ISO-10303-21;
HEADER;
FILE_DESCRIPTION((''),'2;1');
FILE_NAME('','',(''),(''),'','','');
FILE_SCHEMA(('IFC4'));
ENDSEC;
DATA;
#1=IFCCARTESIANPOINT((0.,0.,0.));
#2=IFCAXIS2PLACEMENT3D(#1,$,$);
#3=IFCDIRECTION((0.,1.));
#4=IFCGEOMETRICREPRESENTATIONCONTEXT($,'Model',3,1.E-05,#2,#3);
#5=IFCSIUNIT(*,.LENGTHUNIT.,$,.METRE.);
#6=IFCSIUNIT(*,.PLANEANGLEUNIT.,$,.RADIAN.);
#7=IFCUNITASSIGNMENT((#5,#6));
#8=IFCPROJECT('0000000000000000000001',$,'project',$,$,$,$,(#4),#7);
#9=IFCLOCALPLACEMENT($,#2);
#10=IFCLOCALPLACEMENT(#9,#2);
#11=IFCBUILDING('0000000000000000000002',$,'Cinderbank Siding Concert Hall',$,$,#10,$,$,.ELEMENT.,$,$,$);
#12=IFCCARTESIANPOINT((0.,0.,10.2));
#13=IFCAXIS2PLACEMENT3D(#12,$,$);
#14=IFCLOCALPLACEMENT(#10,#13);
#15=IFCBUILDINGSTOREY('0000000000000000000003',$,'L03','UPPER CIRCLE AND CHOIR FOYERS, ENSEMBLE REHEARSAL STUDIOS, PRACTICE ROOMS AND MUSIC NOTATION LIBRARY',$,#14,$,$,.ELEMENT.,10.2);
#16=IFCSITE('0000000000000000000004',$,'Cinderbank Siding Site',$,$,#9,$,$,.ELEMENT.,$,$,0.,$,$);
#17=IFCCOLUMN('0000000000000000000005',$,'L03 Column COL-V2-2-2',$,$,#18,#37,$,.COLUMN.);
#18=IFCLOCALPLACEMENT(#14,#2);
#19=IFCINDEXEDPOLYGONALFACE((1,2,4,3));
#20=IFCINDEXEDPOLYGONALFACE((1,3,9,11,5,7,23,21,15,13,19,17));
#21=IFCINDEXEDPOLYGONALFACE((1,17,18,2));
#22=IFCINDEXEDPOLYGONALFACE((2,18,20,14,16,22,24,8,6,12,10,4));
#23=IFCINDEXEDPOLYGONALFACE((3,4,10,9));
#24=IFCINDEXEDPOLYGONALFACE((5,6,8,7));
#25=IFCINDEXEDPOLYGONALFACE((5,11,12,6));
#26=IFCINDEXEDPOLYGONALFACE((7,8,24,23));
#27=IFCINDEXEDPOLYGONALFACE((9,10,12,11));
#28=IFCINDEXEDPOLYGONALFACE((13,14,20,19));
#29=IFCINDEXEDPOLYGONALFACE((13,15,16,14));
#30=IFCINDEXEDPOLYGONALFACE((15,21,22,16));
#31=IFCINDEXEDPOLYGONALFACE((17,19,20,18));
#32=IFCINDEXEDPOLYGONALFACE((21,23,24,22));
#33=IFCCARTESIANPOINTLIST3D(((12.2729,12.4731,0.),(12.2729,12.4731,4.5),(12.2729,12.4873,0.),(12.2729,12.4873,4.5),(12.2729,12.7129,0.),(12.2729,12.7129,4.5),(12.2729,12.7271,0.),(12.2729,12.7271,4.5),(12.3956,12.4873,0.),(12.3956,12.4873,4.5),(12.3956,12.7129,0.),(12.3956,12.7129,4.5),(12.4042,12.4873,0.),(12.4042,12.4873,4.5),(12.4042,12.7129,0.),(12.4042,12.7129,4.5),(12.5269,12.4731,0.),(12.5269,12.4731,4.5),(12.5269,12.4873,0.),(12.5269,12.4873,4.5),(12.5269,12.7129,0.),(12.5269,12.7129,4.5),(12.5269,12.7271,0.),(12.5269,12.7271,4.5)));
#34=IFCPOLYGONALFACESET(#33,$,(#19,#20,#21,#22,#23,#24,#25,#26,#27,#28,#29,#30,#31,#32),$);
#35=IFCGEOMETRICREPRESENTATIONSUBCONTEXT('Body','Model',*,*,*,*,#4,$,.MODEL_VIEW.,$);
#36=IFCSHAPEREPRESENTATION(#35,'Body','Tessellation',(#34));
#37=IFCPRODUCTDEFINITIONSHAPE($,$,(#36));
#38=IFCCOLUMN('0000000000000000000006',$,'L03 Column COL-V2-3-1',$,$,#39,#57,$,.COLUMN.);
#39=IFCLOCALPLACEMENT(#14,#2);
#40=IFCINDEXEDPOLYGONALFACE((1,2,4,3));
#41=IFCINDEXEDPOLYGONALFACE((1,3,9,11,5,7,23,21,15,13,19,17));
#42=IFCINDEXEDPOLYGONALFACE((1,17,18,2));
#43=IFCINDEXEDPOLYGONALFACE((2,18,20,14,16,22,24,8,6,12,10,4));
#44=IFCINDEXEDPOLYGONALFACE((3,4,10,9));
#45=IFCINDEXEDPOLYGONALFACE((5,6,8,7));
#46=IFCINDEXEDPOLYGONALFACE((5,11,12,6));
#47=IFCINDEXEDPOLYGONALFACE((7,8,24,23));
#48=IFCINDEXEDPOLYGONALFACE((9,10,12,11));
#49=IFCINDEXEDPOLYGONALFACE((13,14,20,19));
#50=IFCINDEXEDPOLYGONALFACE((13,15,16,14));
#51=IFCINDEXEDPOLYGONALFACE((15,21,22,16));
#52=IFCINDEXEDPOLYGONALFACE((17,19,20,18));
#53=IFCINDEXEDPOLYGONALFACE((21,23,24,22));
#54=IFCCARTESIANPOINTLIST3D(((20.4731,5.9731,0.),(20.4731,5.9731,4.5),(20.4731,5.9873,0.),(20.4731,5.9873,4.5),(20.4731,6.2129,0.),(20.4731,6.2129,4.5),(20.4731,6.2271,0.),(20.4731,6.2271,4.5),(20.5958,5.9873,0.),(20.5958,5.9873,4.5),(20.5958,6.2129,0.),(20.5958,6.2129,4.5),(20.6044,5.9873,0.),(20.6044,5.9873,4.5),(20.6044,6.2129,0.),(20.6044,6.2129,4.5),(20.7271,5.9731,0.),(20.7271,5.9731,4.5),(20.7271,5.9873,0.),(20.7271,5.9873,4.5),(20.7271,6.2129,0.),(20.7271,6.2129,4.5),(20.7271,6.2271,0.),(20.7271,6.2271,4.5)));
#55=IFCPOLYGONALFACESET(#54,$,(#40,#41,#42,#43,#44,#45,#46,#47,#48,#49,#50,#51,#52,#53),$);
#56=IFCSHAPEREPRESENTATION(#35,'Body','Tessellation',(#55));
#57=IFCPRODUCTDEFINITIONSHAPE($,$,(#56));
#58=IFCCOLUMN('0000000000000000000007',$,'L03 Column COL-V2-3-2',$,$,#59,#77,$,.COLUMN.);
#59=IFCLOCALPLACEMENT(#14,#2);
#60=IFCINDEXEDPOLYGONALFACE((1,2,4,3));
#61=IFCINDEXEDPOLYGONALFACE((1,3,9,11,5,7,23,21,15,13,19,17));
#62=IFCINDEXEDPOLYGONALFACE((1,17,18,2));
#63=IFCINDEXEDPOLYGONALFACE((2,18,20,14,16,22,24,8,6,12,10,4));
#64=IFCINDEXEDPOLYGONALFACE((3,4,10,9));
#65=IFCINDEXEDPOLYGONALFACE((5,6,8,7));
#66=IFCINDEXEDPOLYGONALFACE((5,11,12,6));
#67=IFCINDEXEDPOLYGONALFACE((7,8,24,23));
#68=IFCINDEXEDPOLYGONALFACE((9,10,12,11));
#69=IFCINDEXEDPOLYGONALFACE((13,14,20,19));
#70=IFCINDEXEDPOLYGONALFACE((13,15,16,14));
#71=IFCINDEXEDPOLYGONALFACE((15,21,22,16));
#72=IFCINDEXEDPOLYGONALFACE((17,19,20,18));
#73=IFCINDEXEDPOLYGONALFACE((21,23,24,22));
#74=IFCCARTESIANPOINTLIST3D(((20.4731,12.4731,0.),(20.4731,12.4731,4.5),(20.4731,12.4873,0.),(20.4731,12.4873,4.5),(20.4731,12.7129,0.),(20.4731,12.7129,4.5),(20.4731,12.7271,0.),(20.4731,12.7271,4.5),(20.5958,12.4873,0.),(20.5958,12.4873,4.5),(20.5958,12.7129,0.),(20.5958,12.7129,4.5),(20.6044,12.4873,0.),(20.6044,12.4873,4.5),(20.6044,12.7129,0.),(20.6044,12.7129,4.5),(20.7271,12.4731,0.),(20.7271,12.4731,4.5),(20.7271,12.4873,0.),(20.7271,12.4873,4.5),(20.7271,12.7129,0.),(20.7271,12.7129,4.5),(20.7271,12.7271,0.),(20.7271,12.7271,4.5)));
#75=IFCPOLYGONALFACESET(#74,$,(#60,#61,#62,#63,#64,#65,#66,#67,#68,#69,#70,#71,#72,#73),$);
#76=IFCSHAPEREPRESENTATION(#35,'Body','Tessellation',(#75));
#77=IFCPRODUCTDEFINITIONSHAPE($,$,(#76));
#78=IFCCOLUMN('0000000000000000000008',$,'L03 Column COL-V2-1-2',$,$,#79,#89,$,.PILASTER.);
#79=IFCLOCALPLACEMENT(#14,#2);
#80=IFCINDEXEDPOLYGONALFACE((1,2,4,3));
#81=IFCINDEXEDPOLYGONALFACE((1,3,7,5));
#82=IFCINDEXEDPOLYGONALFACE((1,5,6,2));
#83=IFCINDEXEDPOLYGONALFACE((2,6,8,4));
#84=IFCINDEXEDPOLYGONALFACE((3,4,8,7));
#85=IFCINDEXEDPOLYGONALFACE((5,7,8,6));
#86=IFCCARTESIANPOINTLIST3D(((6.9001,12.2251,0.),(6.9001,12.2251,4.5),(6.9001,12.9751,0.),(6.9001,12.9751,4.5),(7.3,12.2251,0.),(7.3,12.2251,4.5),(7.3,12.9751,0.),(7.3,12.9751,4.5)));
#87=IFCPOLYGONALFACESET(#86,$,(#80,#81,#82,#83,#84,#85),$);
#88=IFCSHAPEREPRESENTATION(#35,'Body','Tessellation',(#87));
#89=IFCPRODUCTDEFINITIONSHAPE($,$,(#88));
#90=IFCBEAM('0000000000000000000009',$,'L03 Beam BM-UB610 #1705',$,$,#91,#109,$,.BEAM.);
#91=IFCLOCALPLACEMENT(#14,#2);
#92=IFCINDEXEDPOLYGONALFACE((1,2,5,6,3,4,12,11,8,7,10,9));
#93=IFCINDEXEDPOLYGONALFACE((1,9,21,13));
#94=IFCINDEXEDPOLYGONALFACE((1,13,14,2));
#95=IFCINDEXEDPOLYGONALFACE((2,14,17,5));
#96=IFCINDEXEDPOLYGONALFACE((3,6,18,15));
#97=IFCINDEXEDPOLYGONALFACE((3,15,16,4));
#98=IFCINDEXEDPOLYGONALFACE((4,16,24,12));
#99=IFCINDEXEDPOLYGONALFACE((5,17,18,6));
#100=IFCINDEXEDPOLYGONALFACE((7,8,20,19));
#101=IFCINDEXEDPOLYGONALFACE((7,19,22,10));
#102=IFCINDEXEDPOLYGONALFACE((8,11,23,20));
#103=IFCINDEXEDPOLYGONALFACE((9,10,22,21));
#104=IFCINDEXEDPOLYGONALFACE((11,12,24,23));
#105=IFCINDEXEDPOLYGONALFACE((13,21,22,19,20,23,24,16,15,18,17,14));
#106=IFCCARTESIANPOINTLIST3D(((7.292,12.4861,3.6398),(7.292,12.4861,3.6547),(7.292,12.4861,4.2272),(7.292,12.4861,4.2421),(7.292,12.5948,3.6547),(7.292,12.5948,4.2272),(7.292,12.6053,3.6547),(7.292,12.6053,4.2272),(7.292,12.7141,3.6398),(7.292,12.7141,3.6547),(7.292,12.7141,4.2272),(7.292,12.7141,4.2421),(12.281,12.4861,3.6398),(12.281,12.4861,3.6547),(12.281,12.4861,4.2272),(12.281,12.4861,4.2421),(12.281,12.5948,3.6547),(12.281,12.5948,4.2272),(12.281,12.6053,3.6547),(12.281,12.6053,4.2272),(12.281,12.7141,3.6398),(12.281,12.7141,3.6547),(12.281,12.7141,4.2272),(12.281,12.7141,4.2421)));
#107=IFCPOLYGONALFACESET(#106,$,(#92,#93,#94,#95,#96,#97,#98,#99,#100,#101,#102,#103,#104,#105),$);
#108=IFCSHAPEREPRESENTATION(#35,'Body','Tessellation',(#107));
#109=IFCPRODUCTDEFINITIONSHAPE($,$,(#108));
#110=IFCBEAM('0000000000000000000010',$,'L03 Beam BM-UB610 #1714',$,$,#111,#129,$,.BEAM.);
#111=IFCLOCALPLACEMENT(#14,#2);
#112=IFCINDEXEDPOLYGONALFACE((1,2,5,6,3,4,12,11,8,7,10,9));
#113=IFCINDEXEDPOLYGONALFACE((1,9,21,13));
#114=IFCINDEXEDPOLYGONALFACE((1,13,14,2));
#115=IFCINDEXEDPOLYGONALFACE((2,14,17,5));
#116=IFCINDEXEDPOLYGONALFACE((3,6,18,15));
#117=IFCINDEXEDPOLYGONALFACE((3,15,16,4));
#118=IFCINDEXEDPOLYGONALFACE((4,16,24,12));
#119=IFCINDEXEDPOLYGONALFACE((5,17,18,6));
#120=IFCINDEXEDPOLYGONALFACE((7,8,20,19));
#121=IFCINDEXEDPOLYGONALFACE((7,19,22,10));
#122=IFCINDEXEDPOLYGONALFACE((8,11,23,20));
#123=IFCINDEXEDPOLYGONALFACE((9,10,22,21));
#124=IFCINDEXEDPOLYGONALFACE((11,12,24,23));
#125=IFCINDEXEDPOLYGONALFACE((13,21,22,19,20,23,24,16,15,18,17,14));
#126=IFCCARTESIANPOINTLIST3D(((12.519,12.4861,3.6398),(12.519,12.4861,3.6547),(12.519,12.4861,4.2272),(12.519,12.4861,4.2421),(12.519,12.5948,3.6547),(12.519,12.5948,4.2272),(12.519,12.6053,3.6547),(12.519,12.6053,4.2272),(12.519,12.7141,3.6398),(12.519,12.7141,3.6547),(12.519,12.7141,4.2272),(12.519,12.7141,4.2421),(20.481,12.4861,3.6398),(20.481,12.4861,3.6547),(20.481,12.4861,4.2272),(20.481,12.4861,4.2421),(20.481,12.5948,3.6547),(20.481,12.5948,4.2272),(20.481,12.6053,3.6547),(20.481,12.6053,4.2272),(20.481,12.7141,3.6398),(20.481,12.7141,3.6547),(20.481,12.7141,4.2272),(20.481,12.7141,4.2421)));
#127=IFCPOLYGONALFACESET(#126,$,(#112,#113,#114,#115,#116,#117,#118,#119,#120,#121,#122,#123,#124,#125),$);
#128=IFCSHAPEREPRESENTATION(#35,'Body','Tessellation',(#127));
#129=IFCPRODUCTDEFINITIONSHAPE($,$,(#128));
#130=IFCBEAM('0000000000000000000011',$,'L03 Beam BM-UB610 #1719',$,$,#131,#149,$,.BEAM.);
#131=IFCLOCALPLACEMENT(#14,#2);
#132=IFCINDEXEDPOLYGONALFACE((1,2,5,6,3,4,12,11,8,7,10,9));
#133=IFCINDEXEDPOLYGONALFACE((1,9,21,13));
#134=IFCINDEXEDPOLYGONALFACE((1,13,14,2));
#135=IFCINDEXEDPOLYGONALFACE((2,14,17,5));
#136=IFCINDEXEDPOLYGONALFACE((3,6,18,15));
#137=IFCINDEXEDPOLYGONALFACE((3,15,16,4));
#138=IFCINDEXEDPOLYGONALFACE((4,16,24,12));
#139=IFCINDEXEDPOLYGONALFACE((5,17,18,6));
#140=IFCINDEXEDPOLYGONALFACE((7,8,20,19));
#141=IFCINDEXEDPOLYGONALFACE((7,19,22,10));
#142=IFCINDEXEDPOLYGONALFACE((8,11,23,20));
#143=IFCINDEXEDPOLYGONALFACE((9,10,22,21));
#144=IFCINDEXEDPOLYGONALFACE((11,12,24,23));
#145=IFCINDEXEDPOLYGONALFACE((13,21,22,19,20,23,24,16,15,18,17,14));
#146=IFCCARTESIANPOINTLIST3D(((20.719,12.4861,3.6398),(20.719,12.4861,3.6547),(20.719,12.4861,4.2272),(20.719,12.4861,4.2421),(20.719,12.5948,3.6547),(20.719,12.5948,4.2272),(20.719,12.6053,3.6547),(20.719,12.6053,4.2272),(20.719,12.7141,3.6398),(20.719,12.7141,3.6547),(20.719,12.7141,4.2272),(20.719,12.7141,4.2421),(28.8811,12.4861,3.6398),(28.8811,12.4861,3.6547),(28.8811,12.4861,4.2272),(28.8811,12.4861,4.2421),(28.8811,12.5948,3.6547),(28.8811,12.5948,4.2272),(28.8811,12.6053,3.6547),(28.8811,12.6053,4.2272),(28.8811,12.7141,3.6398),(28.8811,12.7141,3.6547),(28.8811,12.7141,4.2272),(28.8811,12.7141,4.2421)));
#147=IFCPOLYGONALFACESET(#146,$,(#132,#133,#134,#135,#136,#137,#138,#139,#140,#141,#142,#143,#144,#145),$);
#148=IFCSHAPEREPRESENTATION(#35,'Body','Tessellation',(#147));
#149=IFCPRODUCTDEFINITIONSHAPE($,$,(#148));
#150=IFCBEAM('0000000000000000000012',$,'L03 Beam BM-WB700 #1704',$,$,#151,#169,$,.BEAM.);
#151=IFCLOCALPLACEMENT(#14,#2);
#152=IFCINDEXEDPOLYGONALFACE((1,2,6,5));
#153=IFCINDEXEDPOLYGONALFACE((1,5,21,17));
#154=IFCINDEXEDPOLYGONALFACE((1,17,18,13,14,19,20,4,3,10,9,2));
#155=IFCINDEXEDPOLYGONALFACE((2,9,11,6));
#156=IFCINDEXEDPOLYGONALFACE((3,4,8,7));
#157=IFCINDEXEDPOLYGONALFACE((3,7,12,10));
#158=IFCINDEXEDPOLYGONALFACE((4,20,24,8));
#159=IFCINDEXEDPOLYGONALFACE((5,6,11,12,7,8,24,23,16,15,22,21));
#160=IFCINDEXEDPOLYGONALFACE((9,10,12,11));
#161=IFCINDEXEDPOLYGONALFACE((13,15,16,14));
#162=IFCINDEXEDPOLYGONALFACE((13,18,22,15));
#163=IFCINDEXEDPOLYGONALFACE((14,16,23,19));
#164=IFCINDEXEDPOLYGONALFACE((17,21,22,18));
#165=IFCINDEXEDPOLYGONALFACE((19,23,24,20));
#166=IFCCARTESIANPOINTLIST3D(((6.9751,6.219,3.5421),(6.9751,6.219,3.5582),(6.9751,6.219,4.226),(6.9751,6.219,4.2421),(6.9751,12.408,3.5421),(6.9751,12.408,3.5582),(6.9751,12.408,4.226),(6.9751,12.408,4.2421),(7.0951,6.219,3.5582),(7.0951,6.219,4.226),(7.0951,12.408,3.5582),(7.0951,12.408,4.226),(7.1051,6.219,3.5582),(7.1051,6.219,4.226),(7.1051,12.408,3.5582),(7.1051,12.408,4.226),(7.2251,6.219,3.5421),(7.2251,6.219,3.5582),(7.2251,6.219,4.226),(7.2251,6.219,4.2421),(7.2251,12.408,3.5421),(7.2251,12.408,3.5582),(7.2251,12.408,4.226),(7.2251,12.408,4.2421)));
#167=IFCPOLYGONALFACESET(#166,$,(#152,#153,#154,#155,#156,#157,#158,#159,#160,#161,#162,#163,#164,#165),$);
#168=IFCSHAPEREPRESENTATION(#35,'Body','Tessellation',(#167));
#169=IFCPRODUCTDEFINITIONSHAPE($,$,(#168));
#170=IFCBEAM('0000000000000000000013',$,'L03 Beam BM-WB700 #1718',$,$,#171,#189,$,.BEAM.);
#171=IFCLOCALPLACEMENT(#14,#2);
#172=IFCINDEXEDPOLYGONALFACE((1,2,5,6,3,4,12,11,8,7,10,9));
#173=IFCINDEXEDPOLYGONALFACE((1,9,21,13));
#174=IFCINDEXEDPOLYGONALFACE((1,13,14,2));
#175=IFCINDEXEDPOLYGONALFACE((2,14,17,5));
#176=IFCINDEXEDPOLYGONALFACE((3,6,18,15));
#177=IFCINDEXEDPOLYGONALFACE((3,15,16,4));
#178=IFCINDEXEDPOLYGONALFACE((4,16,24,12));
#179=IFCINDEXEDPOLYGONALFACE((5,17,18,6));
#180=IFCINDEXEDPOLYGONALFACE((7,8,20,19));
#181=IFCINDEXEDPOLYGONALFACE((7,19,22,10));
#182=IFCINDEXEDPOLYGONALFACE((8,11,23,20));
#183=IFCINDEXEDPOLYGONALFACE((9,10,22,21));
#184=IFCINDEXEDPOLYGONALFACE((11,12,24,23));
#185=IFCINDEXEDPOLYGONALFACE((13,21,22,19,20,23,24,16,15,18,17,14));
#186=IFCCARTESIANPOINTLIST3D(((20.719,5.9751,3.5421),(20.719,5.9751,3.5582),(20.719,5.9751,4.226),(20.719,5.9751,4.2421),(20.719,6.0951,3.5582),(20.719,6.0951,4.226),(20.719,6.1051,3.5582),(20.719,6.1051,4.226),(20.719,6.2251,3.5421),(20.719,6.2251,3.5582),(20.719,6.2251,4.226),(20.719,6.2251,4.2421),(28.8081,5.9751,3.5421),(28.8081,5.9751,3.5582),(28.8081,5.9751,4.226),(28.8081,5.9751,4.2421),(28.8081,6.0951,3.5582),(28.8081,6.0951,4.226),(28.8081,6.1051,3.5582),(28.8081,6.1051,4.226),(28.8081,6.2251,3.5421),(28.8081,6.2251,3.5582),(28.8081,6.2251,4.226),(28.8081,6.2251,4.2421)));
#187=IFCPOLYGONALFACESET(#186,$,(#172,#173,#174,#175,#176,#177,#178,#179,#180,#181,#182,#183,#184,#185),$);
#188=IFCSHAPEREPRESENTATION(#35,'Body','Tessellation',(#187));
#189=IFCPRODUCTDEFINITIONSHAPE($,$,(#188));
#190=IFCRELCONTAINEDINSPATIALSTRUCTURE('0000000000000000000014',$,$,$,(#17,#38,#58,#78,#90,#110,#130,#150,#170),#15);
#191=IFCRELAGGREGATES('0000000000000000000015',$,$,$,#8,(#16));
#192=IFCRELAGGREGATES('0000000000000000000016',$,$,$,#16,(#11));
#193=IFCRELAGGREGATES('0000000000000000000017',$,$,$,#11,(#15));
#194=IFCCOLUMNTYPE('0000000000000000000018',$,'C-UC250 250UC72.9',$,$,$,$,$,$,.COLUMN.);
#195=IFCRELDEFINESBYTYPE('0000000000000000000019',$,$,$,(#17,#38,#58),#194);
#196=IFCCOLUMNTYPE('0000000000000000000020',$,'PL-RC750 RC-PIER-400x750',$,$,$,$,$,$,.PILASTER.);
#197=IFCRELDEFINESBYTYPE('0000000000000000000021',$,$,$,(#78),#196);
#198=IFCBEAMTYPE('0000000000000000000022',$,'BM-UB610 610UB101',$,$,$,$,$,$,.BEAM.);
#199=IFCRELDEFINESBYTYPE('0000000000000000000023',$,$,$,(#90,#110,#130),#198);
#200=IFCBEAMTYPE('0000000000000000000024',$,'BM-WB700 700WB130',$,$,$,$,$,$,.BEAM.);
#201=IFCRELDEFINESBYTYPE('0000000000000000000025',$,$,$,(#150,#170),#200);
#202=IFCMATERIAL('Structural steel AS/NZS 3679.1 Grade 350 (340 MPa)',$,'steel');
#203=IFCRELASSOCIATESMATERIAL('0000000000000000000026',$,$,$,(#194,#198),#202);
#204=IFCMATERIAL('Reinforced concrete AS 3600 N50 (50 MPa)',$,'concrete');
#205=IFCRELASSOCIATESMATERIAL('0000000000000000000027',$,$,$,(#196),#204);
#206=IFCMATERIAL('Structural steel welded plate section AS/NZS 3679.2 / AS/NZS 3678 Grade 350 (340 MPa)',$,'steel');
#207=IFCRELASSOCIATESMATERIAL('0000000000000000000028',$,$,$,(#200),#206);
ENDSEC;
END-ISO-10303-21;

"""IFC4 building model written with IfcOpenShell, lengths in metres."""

from ifc_helpers import new_model, si_unit, direction, frame, origin, origin_2d, place, context, subcontext, project, spatial, rectangle, i_section, extrude, material, material_profile, profile_set, type_object, element, save


model = new_model("IFC4")

# Units and contexts
model_context = context("Model", 3, precision=1e-05, world=origin(), true_north=direction((0.0, 1.0)))
body_context = subcontext(model_context, "Body", "Model", "MODEL_VIEW")
ifc_project = project(units=[si_unit("LENGTHUNIT", "METRE"), si_unit("PLANEANGLEUNIT", "RADIAN")], contexts=[model_context])

# Site, building, storey
site_placement = place(None, origin())
site = spatial("IfcSite", under=ifc_project, at=site_placement, Name="Cinderbank Siding Site", CompositionType="ELEMENT", RefElevation=0.0)
building_placement = place(site_placement, origin())
building = spatial("IfcBuilding", under=site, at=building_placement, Name="Cinderbank Siding Concert Hall", CompositionType="ELEMENT")
storey_placement = place(building_placement, frame((0.0, 0.0, 10.2)))
storey = spatial("IfcBuildingStorey", under=building, at=storey_placement, Name="L03", Description="UPPER CIRCLE AND CHOIR FOYERS, ENSEMBLE REHEARSAL STUDIOS, PRACTICE ROOMS AND MUSIC NOTATION LIBRARY", CompositionType="ELEMENT", Elevation=10.2)

# Columns
ifc_material_1 = material(Name="Structural steel AS/NZS 3679.1 Grade 350 (340 MPa)", Category="steel")
ifc_material_profile_1 = material_profile(ifc_material_1, i_section(OverallWidth=0.2539, OverallDepth=0.2539, WebThickness=0.0085, FlangeThickness=0.0142, at=origin_2d()), Name="250UC72.9", Category="LoadBearing")
ifc_profile_set_1 = profile_set([ifc_material_profile_1], Name="Structural steel AS/NZS 3679.1 Grade 350 (340 MPa)")
column_type_1 = type_object("IfcColumnType", Name="C-UC250 250UC72.9", PredefinedType="COLUMN", material=ifc_profile_set_1)
for number, where, z_axis, x_axis, name in (
    (1, (12.3999, 12.6001, 0.0), (0.0, 0.0, 1.0), (1.0, 0.0, 0.0), "L03 Column COL-V2-2-2"),
    (2, (20.6001, 6.1001, 0.0), (0.0, 0.0, 1.0), (1.0, 0.0, 0.0), "L03 Column COL-V2-3-1"),
    (3, (20.6001, 12.6001, 0.0), (0.0, 0.0, 1.0), (1.0, 0.0, 0.0), "L03 Column COL-V2-3-2"),
):
    element("IfcColumn", number, at=place(storey_placement, frame(where, z_axis=z_axis, x_axis=x_axis)), inside=storey, type_object=column_type_1, Name=name, PredefinedType="COLUMN", context=body_context, shape_type="SweptSolid", body=[
        extrude(i_section(OverallWidth=0.2539, OverallDepth=0.2539, WebThickness=0.0085, FlangeThickness=0.0142, at=origin_2d()), origin(), (0.0, 0.0, 1.0), 4.5),
    ])
ifc_material_2 = material(Name="Reinforced concrete AS 3600 N50 (50 MPa)", Category="concrete")
ifc_material_profile_2 = material_profile(ifc_material_2, rectangle(XDim=0.3999, YDim=0.75, at=origin_2d()), Name="RC-PIER-400x750", Category="LoadBearing")
ifc_profile_set_2 = profile_set([ifc_material_profile_2], Name="Reinforced concrete AS 3600 N50 (50 MPa)")
column_type_2 = type_object("IfcColumnType", Name="PL-RC750 RC-PIER-400x750", PredefinedType="PILASTER", material=ifc_profile_set_2)
column_placement = place(storey_placement, frame((7.1001, 12.6001, 0.0), z_axis=(0.0, 0.0, 1.0), x_axis=(1.0, 0.0, 0.0)))
element("IfcColumn", 4, at=column_placement, inside=storey, type_object=column_type_2, Name="L03 Column COL-V2-1-2", PredefinedType="PILASTER", context=body_context, shape_type="SweptSolid", body=[
    extrude(rectangle(XDim=0.3999, YDim=0.75, at=origin_2d()), origin(), (0.0, 0.0, 1.0), 4.5),
])

# Beams
ifc_material_profile_3 = material_profile(ifc_material_1, i_section(OverallWidth=0.228, OverallDepth=0.6023, WebThickness=0.0105, FlangeThickness=0.0149, at=origin_2d()), Name="610UB101", Category="LoadBearing")
ifc_profile_set_3 = profile_set([ifc_material_profile_3], Name="Structural steel AS/NZS 3679.1 Grade 350 (340 MPa)")
beam_type_1 = type_object("IfcBeamType", Name="BM-UB610 610UB101", PredefinedType="BEAM", material=ifc_profile_set_3)
beam_1_placement = place(storey_placement, frame((7.292, 12.6001, 3.9409), z_axis=(1.0, 0.0, 0.0), x_axis=(0.0, 1.0, 0.0)))
element("IfcBeam", 5, at=beam_1_placement, inside=storey, type_object=beam_type_1, Name="L03 Beam BM-UB610 #1705", PredefinedType="BEAM", context=body_context, shape_type="SweptSolid", body=[
    extrude(i_section(OverallWidth=0.228, OverallDepth=0.6023, WebThickness=0.0105, FlangeThickness=0.0149, at=origin_2d()), origin(), (0.0, 0.0, 1.0), 4.989),
])
beam_2_placement = place(storey_placement, frame((12.519, 12.6001, 3.9409), z_axis=(1.0, 0.0, 0.0), x_axis=(0.0, 1.0, 0.0)))
element("IfcBeam", 6, at=beam_2_placement, inside=storey, type_object=beam_type_1, Name="L03 Beam BM-UB610 #1714", PredefinedType="BEAM", context=body_context, shape_type="SweptSolid", body=[
    extrude(i_section(OverallWidth=0.228, OverallDepth=0.6023, WebThickness=0.0105, FlangeThickness=0.0149, at=origin_2d()), origin(), (0.0, 0.0, 1.0), 7.9619),
])
beam_3_placement = place(storey_placement, frame((20.719, 12.6001, 3.9409), z_axis=(1.0, 0.0, 0.0), x_axis=(0.0, 1.0, 0.0)))
element("IfcBeam", 7, at=beam_3_placement, inside=storey, type_object=beam_type_1, Name="L03 Beam BM-UB610 #1719", PredefinedType="BEAM", context=body_context, shape_type="SweptSolid", body=[
    extrude(i_section(OverallWidth=0.228, OverallDepth=0.6023, WebThickness=0.0105, FlangeThickness=0.0149, at=origin_2d()), origin(), (0.0, 0.0, 1.0), 8.1621),
])
ifc_material_3 = material(Name="Structural steel welded plate section AS/NZS 3679.2 / AS/NZS 3678 Grade 350 (340 MPa)", Category="steel")
ifc_material_profile_4 = material_profile(ifc_material_3, i_section(OverallWidth=0.25, OverallDepth=0.7, WebThickness=0.01, FlangeThickness=0.0161, at=origin_2d()), Name="700WB130", Category="LoadBearing")
ifc_profile_set_4 = profile_set([ifc_material_profile_4], Name="Structural steel welded plate section AS/NZS 3679.2 / AS/NZS 3678 Grade 350 (340 MPa)")
beam_type_2 = type_object("IfcBeamType", Name="BM-WB700 700WB130", PredefinedType="BEAM", material=ifc_profile_set_4)
beam_4_placement = place(storey_placement, frame((7.1001, 6.219, 3.8921), z_axis=(0.0, 1.0, 0.0), x_axis=(-1.0, 0.0, 0.0)))
element("IfcBeam", 8, at=beam_4_placement, inside=storey, type_object=beam_type_2, Name="L03 Beam BM-WB700 #1704", PredefinedType="BEAM", context=body_context, shape_type="SweptSolid", body=[
    extrude(i_section(OverallWidth=0.25, OverallDepth=0.7, WebThickness=0.01, FlangeThickness=0.0161, at=origin_2d()), origin(), (0.0, 0.0, 1.0), 6.189),
])
beam_5_placement = place(storey_placement, frame((20.719, 6.1001, 3.8921), z_axis=(1.0, 0.0, 0.0), x_axis=(0.0, 1.0, 0.0)))
element("IfcBeam", 9, at=beam_5_placement, inside=storey, type_object=beam_type_2, Name="L03 Beam BM-WB700 #1718", PredefinedType="BEAM", context=body_context, shape_type="SweptSolid", body=[
    extrude(i_section(OverallWidth=0.25, OverallDepth=0.7, WebThickness=0.01, FlangeThickness=0.0161, at=origin_2d()), origin(), (0.0, 0.0, 1.0), 8.0891),
])

save(model, "model.ifc")
